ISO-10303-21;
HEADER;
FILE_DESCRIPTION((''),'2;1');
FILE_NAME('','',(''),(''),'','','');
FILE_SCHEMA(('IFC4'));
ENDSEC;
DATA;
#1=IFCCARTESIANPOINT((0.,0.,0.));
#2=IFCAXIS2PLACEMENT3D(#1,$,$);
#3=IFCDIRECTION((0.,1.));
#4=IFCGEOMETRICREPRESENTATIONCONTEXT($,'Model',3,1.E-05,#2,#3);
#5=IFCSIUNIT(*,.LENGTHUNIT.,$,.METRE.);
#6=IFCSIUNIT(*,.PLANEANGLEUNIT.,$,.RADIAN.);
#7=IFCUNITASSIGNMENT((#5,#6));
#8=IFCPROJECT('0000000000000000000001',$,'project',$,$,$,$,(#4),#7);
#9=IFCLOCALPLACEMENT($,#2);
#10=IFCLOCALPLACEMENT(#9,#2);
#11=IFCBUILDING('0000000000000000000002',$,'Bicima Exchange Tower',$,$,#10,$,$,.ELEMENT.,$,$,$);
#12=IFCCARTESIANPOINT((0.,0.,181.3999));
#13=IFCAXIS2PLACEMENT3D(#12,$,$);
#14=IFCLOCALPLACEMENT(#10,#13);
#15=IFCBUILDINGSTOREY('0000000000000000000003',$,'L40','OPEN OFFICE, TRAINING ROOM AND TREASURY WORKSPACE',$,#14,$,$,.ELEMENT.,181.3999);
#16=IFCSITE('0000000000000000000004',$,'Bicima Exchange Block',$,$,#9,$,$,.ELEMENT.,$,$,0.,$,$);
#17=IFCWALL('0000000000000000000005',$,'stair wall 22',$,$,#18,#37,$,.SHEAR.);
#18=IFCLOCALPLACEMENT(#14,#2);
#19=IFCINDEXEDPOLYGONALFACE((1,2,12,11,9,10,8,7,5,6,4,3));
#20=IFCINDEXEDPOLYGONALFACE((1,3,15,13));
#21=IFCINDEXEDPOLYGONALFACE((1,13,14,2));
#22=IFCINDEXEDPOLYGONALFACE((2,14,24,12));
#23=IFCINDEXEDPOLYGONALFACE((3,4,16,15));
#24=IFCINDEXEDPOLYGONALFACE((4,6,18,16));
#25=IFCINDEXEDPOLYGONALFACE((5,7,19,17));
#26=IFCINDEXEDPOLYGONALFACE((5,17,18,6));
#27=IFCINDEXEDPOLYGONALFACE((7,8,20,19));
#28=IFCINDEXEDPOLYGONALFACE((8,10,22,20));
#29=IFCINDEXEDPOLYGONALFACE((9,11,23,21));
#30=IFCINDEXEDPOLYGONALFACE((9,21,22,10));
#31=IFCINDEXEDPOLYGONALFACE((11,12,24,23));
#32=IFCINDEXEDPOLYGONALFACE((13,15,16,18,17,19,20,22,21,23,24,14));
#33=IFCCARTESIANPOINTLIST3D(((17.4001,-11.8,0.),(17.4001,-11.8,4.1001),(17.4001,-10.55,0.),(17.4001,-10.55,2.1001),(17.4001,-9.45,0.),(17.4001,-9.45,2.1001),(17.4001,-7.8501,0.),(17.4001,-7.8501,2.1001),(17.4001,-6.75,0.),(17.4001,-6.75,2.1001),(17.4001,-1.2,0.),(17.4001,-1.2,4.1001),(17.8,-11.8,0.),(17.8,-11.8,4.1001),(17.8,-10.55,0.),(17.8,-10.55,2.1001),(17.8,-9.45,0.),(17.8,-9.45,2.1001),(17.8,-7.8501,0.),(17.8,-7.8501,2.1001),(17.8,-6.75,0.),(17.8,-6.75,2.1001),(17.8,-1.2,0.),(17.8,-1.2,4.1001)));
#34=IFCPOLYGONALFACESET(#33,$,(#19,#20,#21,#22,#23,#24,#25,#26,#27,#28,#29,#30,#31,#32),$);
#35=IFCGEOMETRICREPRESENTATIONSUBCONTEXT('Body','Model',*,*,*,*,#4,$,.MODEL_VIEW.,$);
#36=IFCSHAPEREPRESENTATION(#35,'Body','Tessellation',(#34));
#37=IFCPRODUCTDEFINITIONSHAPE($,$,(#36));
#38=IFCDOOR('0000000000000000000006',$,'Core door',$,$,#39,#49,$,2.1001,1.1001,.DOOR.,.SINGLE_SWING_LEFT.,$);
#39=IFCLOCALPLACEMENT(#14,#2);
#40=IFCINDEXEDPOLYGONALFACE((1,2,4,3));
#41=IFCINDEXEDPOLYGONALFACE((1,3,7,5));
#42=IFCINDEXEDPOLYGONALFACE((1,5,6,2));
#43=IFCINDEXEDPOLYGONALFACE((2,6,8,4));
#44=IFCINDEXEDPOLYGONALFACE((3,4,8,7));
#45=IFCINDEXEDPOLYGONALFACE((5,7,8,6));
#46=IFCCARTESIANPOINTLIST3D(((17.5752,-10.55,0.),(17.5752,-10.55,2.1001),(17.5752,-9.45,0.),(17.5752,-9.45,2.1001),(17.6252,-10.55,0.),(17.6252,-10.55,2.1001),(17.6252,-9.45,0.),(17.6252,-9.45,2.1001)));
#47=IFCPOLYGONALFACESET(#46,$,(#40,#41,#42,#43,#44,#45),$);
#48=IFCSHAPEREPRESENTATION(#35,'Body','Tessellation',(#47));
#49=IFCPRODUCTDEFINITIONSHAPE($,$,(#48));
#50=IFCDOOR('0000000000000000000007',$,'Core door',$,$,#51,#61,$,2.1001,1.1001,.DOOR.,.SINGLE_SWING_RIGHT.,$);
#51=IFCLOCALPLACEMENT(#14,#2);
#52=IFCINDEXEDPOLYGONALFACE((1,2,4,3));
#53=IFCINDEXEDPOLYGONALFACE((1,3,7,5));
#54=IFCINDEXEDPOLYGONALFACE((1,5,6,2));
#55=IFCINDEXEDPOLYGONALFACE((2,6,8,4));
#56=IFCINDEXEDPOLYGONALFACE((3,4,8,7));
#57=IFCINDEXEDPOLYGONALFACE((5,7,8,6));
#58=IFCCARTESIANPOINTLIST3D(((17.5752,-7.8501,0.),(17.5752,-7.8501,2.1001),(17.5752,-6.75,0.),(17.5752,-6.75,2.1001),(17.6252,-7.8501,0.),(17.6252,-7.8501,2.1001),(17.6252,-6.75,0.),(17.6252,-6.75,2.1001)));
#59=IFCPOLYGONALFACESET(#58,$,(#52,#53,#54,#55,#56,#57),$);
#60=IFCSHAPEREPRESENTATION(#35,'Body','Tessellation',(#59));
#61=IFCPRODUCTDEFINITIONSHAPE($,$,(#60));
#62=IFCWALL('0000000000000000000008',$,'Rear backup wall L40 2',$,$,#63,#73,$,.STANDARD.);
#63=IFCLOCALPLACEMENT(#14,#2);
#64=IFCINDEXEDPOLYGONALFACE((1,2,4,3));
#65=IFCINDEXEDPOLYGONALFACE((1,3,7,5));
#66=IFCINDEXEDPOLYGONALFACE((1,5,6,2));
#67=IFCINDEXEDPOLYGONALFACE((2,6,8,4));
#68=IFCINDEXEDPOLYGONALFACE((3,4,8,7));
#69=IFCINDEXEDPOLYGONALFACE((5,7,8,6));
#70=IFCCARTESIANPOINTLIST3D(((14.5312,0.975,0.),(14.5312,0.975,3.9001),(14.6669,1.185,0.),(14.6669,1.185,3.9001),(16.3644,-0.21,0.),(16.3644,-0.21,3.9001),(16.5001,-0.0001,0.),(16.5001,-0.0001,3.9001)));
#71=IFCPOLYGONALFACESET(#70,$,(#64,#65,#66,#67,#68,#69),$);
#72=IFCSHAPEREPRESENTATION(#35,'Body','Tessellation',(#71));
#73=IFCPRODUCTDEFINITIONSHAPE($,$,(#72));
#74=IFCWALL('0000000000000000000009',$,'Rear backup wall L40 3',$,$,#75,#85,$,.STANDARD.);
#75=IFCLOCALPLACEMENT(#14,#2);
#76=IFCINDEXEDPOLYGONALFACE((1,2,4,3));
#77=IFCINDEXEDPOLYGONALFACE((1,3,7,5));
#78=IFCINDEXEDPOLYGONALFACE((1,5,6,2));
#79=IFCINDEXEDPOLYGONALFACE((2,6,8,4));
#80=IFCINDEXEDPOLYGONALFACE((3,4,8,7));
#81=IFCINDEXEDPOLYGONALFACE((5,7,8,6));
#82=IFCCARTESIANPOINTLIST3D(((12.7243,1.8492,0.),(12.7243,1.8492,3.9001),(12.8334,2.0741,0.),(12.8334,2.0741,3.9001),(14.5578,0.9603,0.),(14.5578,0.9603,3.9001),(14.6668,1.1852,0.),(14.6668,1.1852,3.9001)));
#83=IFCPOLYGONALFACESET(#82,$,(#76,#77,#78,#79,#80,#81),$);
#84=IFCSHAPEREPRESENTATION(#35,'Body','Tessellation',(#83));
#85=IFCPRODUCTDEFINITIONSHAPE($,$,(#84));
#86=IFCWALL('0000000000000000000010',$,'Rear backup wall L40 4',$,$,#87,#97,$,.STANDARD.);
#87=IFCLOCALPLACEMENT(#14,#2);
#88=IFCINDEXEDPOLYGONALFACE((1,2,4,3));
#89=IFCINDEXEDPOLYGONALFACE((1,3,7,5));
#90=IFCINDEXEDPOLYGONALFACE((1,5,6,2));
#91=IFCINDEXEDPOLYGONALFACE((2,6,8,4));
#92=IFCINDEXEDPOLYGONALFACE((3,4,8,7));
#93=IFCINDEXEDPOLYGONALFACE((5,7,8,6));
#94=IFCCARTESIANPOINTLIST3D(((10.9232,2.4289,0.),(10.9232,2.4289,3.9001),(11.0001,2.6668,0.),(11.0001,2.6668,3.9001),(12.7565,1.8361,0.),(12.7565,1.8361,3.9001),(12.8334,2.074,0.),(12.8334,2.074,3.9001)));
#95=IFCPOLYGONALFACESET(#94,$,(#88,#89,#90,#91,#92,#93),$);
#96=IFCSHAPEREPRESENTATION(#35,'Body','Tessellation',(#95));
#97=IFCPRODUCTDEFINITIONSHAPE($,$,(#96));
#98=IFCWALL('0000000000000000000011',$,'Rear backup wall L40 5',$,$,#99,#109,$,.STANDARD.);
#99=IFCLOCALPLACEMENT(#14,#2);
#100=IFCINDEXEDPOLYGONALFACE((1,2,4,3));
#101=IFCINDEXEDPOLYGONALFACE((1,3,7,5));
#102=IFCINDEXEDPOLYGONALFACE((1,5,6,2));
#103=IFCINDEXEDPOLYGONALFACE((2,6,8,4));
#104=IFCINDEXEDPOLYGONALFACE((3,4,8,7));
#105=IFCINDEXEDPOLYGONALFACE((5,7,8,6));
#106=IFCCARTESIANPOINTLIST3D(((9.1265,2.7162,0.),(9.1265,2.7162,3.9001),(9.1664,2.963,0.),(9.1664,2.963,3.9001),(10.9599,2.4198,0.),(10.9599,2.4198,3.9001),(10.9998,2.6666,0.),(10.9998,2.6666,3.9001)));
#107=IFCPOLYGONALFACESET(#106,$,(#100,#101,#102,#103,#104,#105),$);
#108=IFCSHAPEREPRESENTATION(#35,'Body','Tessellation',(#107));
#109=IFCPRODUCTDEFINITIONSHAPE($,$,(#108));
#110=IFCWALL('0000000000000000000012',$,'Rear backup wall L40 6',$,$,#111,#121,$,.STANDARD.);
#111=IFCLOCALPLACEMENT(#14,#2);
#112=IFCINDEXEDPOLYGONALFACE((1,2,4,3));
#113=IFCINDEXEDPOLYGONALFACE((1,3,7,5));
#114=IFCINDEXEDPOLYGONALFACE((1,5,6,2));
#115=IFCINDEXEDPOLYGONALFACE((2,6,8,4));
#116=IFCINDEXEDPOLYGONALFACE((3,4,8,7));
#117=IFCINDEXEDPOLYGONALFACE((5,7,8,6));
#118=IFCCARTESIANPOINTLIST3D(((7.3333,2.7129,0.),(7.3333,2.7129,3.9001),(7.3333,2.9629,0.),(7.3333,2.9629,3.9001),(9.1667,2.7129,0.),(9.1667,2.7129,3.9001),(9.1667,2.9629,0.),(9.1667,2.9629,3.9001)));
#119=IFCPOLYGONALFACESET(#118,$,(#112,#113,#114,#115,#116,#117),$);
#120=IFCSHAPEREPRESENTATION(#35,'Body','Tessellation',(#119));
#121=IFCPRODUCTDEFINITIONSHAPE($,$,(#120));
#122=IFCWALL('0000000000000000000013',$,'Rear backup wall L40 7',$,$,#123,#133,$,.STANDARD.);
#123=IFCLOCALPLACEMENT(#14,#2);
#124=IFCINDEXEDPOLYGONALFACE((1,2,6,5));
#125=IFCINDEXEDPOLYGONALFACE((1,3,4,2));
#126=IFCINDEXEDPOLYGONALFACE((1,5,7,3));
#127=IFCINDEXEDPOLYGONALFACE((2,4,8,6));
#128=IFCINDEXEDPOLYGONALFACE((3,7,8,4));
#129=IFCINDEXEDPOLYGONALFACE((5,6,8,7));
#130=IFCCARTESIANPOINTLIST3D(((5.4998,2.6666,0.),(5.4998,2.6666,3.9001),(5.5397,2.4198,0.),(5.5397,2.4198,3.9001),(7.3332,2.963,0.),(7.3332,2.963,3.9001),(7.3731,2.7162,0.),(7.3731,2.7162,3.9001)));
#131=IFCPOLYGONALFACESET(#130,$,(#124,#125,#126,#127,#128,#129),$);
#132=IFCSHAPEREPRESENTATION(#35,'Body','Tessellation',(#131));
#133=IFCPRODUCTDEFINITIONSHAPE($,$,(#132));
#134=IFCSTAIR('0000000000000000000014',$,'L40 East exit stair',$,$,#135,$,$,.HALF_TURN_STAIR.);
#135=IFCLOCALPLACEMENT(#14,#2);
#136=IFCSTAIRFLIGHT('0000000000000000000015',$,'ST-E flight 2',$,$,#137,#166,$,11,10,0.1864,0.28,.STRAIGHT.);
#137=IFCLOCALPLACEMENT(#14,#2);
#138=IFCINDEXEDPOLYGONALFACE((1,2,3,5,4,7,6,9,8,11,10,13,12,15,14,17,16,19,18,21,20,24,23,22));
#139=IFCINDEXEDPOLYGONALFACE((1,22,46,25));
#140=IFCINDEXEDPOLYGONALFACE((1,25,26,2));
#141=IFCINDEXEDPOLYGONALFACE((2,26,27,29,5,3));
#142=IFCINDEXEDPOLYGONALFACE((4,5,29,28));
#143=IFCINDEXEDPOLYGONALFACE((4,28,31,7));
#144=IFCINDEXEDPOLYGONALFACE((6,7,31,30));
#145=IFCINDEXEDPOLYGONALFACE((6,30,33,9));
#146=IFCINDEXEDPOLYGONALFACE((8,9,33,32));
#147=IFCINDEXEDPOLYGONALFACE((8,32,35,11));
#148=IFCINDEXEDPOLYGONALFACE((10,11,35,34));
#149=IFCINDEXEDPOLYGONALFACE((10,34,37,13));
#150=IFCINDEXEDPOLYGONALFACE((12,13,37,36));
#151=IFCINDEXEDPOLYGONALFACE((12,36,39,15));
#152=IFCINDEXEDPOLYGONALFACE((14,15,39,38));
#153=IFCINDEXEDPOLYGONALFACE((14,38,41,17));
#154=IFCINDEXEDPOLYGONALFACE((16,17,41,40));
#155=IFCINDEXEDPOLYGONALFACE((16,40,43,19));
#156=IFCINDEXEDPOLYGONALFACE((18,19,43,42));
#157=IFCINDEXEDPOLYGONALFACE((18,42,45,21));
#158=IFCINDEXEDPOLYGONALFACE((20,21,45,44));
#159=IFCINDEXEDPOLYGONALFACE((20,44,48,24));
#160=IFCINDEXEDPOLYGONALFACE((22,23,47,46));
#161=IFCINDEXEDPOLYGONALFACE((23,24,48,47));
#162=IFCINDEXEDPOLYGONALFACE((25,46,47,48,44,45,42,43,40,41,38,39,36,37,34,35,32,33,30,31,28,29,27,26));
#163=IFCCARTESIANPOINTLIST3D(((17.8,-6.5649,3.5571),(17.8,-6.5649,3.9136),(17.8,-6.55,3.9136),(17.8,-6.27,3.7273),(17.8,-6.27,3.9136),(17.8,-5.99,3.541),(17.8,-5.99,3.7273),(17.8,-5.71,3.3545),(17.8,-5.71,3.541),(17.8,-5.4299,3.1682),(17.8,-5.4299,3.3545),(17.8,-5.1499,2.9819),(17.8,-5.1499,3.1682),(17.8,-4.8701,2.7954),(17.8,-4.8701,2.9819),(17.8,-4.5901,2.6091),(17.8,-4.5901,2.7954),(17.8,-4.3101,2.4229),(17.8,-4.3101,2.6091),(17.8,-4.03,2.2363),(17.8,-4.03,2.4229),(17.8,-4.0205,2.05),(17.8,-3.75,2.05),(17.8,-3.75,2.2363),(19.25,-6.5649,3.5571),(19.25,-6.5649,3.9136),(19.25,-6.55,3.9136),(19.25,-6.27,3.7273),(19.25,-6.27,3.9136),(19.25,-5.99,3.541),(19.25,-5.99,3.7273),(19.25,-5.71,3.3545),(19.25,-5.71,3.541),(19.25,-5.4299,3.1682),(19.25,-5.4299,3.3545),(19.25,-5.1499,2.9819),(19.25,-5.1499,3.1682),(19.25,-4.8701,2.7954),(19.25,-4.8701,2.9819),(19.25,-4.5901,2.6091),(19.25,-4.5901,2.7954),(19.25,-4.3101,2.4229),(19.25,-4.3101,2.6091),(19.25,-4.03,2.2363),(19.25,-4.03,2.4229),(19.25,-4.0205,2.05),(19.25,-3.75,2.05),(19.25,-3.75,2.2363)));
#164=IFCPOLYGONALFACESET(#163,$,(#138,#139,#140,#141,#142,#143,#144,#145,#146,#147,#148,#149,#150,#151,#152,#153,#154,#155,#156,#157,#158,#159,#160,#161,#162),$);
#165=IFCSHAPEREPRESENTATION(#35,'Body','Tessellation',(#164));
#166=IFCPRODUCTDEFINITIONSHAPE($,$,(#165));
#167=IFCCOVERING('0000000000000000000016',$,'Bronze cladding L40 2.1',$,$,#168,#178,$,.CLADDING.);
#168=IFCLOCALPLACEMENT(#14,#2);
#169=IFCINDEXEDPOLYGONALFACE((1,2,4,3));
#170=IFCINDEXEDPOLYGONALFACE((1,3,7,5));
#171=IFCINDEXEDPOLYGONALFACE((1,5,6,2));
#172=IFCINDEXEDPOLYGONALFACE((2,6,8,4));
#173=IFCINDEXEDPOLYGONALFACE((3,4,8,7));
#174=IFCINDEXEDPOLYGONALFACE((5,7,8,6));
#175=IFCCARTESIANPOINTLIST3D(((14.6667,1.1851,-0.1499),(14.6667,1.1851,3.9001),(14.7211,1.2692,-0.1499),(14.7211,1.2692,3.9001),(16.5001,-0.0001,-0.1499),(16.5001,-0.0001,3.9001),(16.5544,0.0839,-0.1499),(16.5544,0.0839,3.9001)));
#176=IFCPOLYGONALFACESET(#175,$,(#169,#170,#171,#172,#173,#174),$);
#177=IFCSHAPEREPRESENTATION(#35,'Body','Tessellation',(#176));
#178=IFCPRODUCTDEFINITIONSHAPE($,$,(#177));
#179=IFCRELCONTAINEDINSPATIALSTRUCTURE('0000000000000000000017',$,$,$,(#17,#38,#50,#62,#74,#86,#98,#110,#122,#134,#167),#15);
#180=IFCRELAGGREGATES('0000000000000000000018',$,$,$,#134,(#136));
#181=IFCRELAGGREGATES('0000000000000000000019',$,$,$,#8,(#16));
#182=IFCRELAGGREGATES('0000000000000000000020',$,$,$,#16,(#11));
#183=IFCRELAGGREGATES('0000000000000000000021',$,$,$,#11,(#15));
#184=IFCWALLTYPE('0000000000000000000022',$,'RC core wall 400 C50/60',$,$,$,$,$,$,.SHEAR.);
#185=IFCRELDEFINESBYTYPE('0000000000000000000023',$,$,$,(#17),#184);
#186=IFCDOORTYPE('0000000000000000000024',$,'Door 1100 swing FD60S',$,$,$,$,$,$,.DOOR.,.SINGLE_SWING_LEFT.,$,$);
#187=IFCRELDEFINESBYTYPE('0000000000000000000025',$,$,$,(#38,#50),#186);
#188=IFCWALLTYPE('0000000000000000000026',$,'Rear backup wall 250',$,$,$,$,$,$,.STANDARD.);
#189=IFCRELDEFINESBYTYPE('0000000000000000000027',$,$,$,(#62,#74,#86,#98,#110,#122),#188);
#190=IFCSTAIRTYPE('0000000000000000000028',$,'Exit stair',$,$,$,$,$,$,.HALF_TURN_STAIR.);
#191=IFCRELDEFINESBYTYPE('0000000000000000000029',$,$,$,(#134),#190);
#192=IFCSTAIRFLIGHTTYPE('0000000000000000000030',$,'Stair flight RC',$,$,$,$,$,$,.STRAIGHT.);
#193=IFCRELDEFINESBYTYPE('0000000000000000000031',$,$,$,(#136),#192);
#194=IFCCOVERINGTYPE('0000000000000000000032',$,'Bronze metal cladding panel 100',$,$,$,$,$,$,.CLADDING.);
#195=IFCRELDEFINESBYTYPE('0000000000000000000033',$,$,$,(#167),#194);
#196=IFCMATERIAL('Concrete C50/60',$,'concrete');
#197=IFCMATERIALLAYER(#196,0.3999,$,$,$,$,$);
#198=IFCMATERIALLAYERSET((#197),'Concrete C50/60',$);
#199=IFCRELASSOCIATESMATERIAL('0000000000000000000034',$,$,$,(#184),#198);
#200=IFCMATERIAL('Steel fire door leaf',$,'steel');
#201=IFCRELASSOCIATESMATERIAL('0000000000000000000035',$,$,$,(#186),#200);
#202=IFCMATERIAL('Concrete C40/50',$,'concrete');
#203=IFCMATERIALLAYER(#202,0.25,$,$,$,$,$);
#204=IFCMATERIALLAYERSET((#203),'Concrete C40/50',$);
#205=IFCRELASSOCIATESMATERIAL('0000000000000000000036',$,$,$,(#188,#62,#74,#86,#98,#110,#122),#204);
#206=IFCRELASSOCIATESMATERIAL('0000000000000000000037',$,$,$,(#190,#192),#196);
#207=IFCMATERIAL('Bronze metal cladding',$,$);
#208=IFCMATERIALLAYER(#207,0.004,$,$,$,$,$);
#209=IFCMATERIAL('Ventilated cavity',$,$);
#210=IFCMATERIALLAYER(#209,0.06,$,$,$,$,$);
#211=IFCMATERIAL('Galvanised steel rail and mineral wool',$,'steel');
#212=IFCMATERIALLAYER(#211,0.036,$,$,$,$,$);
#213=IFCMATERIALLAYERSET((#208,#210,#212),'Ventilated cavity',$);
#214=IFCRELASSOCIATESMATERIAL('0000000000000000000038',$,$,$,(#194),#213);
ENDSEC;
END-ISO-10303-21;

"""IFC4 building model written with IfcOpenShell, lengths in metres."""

from ifc_helpers import new_model, si_unit, direction, frame, frame_2d, origin, origin_2d, place, context, subcontext, project, spatial, polyline, rectangle, outline, extrude, material, layer, layer_set, layer_usage, type_object, element, fill, aggregate, save


model = new_model("IFC4")

# Units and contexts
model_context = context("Model", 3, precision=1e-05, world=origin(), true_north=direction((0.0, 1.0)))
body_context = subcontext(model_context, "Body", "Model", "MODEL_VIEW")
ifc_project = project(units=[si_unit("LENGTHUNIT", "METRE"), si_unit("PLANEANGLEUNIT", "RADIAN")], contexts=[model_context])

# Site, building, storey
site_placement = place(None, origin())
site = spatial("IfcSite", under=ifc_project, at=site_placement, Name="Bicima Exchange Block", CompositionType="ELEMENT", RefElevation=0.0)
building_placement = place(site_placement, origin())
building = spatial("IfcBuilding", under=site, at=building_placement, Name="Bicima Exchange Tower", CompositionType="ELEMENT")
storey_placement = place(building_placement, frame((0.0, 0.0, 181.3999)))
storey = spatial("IfcBuildingStorey", under=building, at=storey_placement, Name="L40", Description="OPEN OFFICE, TRAINING ROOM AND TREASURY WORKSPACE", CompositionType="ELEMENT", Elevation=181.3999)

# Shared definitions
ifc_material_1 = material(Name="Concrete C50/60", Category="concrete")
ifc_layer_1 = layer(ifc_material_1, 0.3999)
ifc_layer_set_1 = layer_set([ifc_layer_1], Name="Concrete C50/60")
wall_type_1 = type_object("IfcWallType", Name="RC core wall 400 C50/60", PredefinedType="SHEAR", material=ifc_layer_set_1)
ifc_material_2 = material(Name="Steel fire door leaf", Category="steel")

# Wall, openings, doors
door_type_1 = type_object("IfcDoorType", Name="Door 1100 swing FD60S", OperationType="SINGLE_SWING_LEFT", PredefinedType="DOOR", material=ifc_material_2)
wall_1_placement = place(storey_placement, frame((17.6001, -11.8, 0.0), z_axis=(0.0, 0.0, 1.0), x_axis=(0.0, 1.0, 0.0)))
wall_1 = element("IfcWall", 1, at=wall_1_placement, inside=storey, type_object=wall_type_1, Name="stair wall 22", PredefinedType="SHEAR", context=body_context, shape_type="SweptSolid", body=[
    extrude(rectangle(XDim=10.6001, YDim=0.3999, at=frame_2d((5.3, 0.0))), origin(), (0.0, 0.0, 1.0), 4.1001),
])
opening_1_placement = place(wall_1_placement, frame((1.25, 0.0, 0.0)))
opening_1 = element("IfcOpeningElement", 2, at=opening_1_placement, cuts=wall_1, PredefinedType="OPENING", context=body_context, shape_type="SweptSolid", body=[
    extrude(rectangle(XDim=1.1001, YDim=2.1001, at=frame_2d((0.55, 1.05))), frame((0.0, 0.2119, 0.0), z_axis=(0.0, -1.0, 0.0), x_axis=(1.0, 0.0, 0.0)), (0.0, 0.0, 1.0), 0.4238),
])
opening_2_placement = place(wall_1_placement, frame((3.95, 0.0, 0.0)))
opening_2 = element("IfcOpeningElement", 3, at=opening_2_placement, cuts=wall_1, PredefinedType="OPENING", context=body_context, shape_type="SweptSolid", body=[
    extrude(rectangle(XDim=1.1001, YDim=2.1001, at=frame_2d((0.55, 1.05))), frame((0.0, 0.2119, 0.0), z_axis=(0.0, -1.0, 0.0), x_axis=(1.0, 0.0, 0.0)), (0.0, 0.0, 1.0), 0.4238),
])
door_1_placement = place(opening_1_placement, origin())
door_1 = element("IfcDoor", 4, at=door_1_placement, inside=storey, type_object=door_type_1, Name="Core door", OperationType="SINGLE_SWING_LEFT", OverallHeight=2.1001, OverallWidth=1.1001, PredefinedType="DOOR", context=body_context, shape_type="SweptSolid", body=[
    extrude(rectangle(XDim=1.1001, YDim=2.1001, at=frame_2d((0.55, 1.05))), frame((0.0, 0.0249, 0.0), z_axis=(0.0, -1.0, 0.0), x_axis=(1.0, 0.0, 0.0)), (0.0, 0.0, 1.0), 0.05),
])
fill(opening_1, door_1)
door_2_placement = place(opening_2_placement, origin())
door_2 = element("IfcDoor", 5, at=door_2_placement, inside=storey, type_object=door_type_1, Name="Core door", OperationType="SINGLE_SWING_RIGHT", OverallHeight=2.1001, OverallWidth=1.1001, PredefinedType="DOOR", context=body_context, shape_type="SweptSolid", body=[
    extrude(rectangle(XDim=1.1001, YDim=2.1001, at=frame_2d((0.55, 1.05))), frame((0.0, 0.0249, 0.0), z_axis=(0.0, -1.0, 0.0), x_axis=(1.0, 0.0, 0.0)), (0.0, 0.0, 1.0), 0.05),
])
fill(opening_2, door_2)

# Walls
ifc_material_3 = material(Name="Concrete C40/50", Category="concrete")
ifc_layer_2 = layer(ifc_material_3, 0.25)
ifc_layer_set_2 = layer_set([ifc_layer_2], Name="Concrete C40/50")
ifc_layer_usage = layer_usage(ifc_layer_set_2, "AXIS2", "POSITIVE", -0.125)
wall_type_2 = type_object("IfcWallType", Name="Rear backup wall 250", PredefinedType="STANDARD", material=ifc_layer_set_2)
wall_2_placement = place(storey_placement, frame((16.4321, -0.105, 0.0), z_axis=(0.0, 0.0, 1.0), x_axis=(-0.839813, 0.542876, 0.0)))
element("IfcWall", 6, at=wall_2_placement, inside=storey, type_object=wall_type_2, material=ifc_layer_usage, Name="Rear backup wall L40 2", PredefinedType="STANDARD", context=body_context, shape_type="SweptSolid", body=[
    extrude(rectangle(XDim=2.1829, YDim=0.25, at=frame_2d((1.0913, 0.0))), origin(), (0.0, 0.0, 1.0), 3.9001),
])
wall_3_placement = place(storey_placement, frame((14.6123, 1.0728, 0.0), z_axis=(0.0, 0.0, 1.0), x_axis=(-0.899824, 0.436253, 0.0)))
element("IfcWall", 7, at=wall_3_placement, inside=storey, type_object=wall_type_2, material=ifc_layer_usage, Name="Rear backup wall L40 3", PredefinedType="STANDARD", context=body_context, shape_type="SweptSolid", body=[
    extrude(rectangle(XDim=2.0376, YDim=0.25, at=frame_2d((1.0188, 0.0))), origin(), (0.0, 0.0, 1.0), 3.9001),
])
wall_4_placement = place(storey_placement, frame((12.7949, 1.9551, 0.0), z_axis=(0.0, 0.0, 1.0), x_axis=(-0.951496, 0.307662, 0.0)))
element("IfcWall", 8, at=wall_4_placement, inside=storey, type_object=wall_type_2, material=ifc_layer_usage, Name="Rear backup wall L40 4", PredefinedType="STANDARD", context=body_context, shape_type="SweptSolid", body=[
    extrude(rectangle(XDim=1.9268, YDim=0.25, at=frame_2d((0.9634, 0.0))), origin(), (0.0, 0.0, 1.0), 3.9001),
])
wall_5_placement = place(storey_placement, frame((10.98, 2.5432, 0.0), z_axis=(0.0, 0.0, 1.0), x_axis=(-0.987182, 0.1596, 0.0)))
element("IfcWall", 9, at=wall_5_placement, inside=storey, type_object=wall_type_2, material=ifc_layer_usage, Name="Rear backup wall L40 5", PredefinedType="STANDARD", context=body_context, shape_type="SweptSolid", body=[
    extrude(rectangle(XDim=1.8572, YDim=0.25, at=frame_2d((0.9287, 0.0))), origin(), (0.0, 0.0, 1.0), 3.9001),
])
wall_6_placement = place(storey_placement, frame((9.1667, 2.8379, 0.0), z_axis=(0.0, 0.0, 1.0), x_axis=(-1.0, 0.0, 0.0)))
element("IfcWall", 10, at=wall_6_placement, inside=storey, type_object=wall_type_2, material=ifc_layer_usage, Name="Rear backup wall L40 6", PredefinedType="STANDARD", context=body_context, shape_type="SweptSolid", body=[
    extrude(rectangle(XDim=1.8335, YDim=0.25, at=frame_2d((0.9167, 0.0))), origin(), (0.0, 0.0, 1.0), 3.9001),
])
wall_7_placement = place(storey_placement, frame((7.3533, 2.8396, 0.0), z_axis=(0.0, 0.0, 1.0), x_axis=(-0.987182, -0.1596, 0.0)))
element("IfcWall", 11, at=wall_7_placement, inside=storey, type_object=wall_type_2, material=ifc_layer_usage, Name="Rear backup wall L40 7", PredefinedType="STANDARD", context=body_context, shape_type="SweptSolid", body=[
    extrude(rectangle(XDim=1.8572, YDim=0.25, at=frame_2d((0.9287, 0.0))), origin(), (0.0, 0.0, 1.0), 3.9001),
])

# Stair, stair flight
stair_type = type_object("IfcStairType", Name="Exit stair", PredefinedType="HALF_TURN_STAIR", material=ifc_material_1)
stair_placement = place(storey_placement, origin())
stair = element("IfcStair", 12, at=stair_placement, inside=storey, type_object=stair_type, Name="L40 East exit stair", PredefinedType="HALF_TURN_STAIR")
stair_flight_type = type_object("IfcStairFlightType", Name="Stair flight RC", PredefinedType="STRAIGHT", material=ifc_material_1)
stair_flight_placement = place(storey_placement, frame((18.5249, -3.75, 2.05), z_axis=(0.0, 0.0, 1.0), x_axis=(0.0, -1.0, 0.0)))
stair_flight = element("IfcStairFlight", 13, at=stair_flight_placement, type_object=stair_flight_type, Name="ST-E flight 2", NumberOfRisers=11, NumberOfTreads=10, PredefinedType="STRAIGHT", RiserHeight=0.1864, TreadLength=0.28, context=body_context, shape_type="SweptSolid", body=[
    extrude(outline(polyline([(0.0, 0.0), (0.0, 0.1863), (0.28, 0.1863), (0.28, 0.3728), (0.5601, 0.3728), (0.5601, 0.5591), (0.8401, 0.5591), (0.8401, 0.7454), (1.1201, 0.7454), (1.1201, 0.9319), (1.3999, 0.9319), (1.3999, 1.1182), (1.6799, 1.1182), (1.6799, 1.3044), (1.96, 1.3044), (1.96, 1.491), (2.24, 1.491), (2.24, 1.6772), (2.52, 1.6772), (2.52, 1.8635), (2.8, 1.8635), (2.8149, 1.8635), (2.8149, 1.5071), (0.2705, 0.0), (0.0, 0.0)])), frame((0.0, 0.7251, 0.0), z_axis=(0.0, -1.0, 0.0), x_axis=(1.0, 0.0, 0.0)), (0.0, 0.0, 1.0), 1.45),
])
aggregate(stair, [stair_flight])

# Covering
ifc_material_4 = material(Name="Bronze metal cladding")
ifc_layer_3 = layer(ifc_material_4, 0.004)
ifc_material_5 = material(Name="Ventilated cavity")
ifc_layer_4 = layer(ifc_material_5, 0.06)
ifc_material_6 = material(Name="Galvanised steel rail and mineral wool", Category="steel")
ifc_layer_5 = layer(ifc_material_6, 0.036)
ifc_layer_set_3 = layer_set([ifc_layer_3, ifc_layer_4, ifc_layer_5], Name="Ventilated cavity")
covering_type = type_object("IfcCoveringType", Name="Bronze metal cladding panel 100", PredefinedType="CLADDING", material=ifc_layer_set_3)
covering_1_placement = place(storey_placement, frame((15.6106, 0.6345, -0.1499), z_axis=(0.0, 0.0, 1.0), x_axis=(-0.83979, 0.542911, 0.0)))
element("IfcCovering", 14, at=covering_1_placement, inside=storey, type_object=covering_type, Name="Bronze cladding L40 2.1", PredefinedType="CLADDING", context=body_context, shape_type="SweptSolid", body=[
    extrude(rectangle(XDim=2.1831, YDim=0.1001, at=origin_2d()), origin(), (0.0, 0.0, 1.0), 4.05),
])

save(model, "model.ifc")
